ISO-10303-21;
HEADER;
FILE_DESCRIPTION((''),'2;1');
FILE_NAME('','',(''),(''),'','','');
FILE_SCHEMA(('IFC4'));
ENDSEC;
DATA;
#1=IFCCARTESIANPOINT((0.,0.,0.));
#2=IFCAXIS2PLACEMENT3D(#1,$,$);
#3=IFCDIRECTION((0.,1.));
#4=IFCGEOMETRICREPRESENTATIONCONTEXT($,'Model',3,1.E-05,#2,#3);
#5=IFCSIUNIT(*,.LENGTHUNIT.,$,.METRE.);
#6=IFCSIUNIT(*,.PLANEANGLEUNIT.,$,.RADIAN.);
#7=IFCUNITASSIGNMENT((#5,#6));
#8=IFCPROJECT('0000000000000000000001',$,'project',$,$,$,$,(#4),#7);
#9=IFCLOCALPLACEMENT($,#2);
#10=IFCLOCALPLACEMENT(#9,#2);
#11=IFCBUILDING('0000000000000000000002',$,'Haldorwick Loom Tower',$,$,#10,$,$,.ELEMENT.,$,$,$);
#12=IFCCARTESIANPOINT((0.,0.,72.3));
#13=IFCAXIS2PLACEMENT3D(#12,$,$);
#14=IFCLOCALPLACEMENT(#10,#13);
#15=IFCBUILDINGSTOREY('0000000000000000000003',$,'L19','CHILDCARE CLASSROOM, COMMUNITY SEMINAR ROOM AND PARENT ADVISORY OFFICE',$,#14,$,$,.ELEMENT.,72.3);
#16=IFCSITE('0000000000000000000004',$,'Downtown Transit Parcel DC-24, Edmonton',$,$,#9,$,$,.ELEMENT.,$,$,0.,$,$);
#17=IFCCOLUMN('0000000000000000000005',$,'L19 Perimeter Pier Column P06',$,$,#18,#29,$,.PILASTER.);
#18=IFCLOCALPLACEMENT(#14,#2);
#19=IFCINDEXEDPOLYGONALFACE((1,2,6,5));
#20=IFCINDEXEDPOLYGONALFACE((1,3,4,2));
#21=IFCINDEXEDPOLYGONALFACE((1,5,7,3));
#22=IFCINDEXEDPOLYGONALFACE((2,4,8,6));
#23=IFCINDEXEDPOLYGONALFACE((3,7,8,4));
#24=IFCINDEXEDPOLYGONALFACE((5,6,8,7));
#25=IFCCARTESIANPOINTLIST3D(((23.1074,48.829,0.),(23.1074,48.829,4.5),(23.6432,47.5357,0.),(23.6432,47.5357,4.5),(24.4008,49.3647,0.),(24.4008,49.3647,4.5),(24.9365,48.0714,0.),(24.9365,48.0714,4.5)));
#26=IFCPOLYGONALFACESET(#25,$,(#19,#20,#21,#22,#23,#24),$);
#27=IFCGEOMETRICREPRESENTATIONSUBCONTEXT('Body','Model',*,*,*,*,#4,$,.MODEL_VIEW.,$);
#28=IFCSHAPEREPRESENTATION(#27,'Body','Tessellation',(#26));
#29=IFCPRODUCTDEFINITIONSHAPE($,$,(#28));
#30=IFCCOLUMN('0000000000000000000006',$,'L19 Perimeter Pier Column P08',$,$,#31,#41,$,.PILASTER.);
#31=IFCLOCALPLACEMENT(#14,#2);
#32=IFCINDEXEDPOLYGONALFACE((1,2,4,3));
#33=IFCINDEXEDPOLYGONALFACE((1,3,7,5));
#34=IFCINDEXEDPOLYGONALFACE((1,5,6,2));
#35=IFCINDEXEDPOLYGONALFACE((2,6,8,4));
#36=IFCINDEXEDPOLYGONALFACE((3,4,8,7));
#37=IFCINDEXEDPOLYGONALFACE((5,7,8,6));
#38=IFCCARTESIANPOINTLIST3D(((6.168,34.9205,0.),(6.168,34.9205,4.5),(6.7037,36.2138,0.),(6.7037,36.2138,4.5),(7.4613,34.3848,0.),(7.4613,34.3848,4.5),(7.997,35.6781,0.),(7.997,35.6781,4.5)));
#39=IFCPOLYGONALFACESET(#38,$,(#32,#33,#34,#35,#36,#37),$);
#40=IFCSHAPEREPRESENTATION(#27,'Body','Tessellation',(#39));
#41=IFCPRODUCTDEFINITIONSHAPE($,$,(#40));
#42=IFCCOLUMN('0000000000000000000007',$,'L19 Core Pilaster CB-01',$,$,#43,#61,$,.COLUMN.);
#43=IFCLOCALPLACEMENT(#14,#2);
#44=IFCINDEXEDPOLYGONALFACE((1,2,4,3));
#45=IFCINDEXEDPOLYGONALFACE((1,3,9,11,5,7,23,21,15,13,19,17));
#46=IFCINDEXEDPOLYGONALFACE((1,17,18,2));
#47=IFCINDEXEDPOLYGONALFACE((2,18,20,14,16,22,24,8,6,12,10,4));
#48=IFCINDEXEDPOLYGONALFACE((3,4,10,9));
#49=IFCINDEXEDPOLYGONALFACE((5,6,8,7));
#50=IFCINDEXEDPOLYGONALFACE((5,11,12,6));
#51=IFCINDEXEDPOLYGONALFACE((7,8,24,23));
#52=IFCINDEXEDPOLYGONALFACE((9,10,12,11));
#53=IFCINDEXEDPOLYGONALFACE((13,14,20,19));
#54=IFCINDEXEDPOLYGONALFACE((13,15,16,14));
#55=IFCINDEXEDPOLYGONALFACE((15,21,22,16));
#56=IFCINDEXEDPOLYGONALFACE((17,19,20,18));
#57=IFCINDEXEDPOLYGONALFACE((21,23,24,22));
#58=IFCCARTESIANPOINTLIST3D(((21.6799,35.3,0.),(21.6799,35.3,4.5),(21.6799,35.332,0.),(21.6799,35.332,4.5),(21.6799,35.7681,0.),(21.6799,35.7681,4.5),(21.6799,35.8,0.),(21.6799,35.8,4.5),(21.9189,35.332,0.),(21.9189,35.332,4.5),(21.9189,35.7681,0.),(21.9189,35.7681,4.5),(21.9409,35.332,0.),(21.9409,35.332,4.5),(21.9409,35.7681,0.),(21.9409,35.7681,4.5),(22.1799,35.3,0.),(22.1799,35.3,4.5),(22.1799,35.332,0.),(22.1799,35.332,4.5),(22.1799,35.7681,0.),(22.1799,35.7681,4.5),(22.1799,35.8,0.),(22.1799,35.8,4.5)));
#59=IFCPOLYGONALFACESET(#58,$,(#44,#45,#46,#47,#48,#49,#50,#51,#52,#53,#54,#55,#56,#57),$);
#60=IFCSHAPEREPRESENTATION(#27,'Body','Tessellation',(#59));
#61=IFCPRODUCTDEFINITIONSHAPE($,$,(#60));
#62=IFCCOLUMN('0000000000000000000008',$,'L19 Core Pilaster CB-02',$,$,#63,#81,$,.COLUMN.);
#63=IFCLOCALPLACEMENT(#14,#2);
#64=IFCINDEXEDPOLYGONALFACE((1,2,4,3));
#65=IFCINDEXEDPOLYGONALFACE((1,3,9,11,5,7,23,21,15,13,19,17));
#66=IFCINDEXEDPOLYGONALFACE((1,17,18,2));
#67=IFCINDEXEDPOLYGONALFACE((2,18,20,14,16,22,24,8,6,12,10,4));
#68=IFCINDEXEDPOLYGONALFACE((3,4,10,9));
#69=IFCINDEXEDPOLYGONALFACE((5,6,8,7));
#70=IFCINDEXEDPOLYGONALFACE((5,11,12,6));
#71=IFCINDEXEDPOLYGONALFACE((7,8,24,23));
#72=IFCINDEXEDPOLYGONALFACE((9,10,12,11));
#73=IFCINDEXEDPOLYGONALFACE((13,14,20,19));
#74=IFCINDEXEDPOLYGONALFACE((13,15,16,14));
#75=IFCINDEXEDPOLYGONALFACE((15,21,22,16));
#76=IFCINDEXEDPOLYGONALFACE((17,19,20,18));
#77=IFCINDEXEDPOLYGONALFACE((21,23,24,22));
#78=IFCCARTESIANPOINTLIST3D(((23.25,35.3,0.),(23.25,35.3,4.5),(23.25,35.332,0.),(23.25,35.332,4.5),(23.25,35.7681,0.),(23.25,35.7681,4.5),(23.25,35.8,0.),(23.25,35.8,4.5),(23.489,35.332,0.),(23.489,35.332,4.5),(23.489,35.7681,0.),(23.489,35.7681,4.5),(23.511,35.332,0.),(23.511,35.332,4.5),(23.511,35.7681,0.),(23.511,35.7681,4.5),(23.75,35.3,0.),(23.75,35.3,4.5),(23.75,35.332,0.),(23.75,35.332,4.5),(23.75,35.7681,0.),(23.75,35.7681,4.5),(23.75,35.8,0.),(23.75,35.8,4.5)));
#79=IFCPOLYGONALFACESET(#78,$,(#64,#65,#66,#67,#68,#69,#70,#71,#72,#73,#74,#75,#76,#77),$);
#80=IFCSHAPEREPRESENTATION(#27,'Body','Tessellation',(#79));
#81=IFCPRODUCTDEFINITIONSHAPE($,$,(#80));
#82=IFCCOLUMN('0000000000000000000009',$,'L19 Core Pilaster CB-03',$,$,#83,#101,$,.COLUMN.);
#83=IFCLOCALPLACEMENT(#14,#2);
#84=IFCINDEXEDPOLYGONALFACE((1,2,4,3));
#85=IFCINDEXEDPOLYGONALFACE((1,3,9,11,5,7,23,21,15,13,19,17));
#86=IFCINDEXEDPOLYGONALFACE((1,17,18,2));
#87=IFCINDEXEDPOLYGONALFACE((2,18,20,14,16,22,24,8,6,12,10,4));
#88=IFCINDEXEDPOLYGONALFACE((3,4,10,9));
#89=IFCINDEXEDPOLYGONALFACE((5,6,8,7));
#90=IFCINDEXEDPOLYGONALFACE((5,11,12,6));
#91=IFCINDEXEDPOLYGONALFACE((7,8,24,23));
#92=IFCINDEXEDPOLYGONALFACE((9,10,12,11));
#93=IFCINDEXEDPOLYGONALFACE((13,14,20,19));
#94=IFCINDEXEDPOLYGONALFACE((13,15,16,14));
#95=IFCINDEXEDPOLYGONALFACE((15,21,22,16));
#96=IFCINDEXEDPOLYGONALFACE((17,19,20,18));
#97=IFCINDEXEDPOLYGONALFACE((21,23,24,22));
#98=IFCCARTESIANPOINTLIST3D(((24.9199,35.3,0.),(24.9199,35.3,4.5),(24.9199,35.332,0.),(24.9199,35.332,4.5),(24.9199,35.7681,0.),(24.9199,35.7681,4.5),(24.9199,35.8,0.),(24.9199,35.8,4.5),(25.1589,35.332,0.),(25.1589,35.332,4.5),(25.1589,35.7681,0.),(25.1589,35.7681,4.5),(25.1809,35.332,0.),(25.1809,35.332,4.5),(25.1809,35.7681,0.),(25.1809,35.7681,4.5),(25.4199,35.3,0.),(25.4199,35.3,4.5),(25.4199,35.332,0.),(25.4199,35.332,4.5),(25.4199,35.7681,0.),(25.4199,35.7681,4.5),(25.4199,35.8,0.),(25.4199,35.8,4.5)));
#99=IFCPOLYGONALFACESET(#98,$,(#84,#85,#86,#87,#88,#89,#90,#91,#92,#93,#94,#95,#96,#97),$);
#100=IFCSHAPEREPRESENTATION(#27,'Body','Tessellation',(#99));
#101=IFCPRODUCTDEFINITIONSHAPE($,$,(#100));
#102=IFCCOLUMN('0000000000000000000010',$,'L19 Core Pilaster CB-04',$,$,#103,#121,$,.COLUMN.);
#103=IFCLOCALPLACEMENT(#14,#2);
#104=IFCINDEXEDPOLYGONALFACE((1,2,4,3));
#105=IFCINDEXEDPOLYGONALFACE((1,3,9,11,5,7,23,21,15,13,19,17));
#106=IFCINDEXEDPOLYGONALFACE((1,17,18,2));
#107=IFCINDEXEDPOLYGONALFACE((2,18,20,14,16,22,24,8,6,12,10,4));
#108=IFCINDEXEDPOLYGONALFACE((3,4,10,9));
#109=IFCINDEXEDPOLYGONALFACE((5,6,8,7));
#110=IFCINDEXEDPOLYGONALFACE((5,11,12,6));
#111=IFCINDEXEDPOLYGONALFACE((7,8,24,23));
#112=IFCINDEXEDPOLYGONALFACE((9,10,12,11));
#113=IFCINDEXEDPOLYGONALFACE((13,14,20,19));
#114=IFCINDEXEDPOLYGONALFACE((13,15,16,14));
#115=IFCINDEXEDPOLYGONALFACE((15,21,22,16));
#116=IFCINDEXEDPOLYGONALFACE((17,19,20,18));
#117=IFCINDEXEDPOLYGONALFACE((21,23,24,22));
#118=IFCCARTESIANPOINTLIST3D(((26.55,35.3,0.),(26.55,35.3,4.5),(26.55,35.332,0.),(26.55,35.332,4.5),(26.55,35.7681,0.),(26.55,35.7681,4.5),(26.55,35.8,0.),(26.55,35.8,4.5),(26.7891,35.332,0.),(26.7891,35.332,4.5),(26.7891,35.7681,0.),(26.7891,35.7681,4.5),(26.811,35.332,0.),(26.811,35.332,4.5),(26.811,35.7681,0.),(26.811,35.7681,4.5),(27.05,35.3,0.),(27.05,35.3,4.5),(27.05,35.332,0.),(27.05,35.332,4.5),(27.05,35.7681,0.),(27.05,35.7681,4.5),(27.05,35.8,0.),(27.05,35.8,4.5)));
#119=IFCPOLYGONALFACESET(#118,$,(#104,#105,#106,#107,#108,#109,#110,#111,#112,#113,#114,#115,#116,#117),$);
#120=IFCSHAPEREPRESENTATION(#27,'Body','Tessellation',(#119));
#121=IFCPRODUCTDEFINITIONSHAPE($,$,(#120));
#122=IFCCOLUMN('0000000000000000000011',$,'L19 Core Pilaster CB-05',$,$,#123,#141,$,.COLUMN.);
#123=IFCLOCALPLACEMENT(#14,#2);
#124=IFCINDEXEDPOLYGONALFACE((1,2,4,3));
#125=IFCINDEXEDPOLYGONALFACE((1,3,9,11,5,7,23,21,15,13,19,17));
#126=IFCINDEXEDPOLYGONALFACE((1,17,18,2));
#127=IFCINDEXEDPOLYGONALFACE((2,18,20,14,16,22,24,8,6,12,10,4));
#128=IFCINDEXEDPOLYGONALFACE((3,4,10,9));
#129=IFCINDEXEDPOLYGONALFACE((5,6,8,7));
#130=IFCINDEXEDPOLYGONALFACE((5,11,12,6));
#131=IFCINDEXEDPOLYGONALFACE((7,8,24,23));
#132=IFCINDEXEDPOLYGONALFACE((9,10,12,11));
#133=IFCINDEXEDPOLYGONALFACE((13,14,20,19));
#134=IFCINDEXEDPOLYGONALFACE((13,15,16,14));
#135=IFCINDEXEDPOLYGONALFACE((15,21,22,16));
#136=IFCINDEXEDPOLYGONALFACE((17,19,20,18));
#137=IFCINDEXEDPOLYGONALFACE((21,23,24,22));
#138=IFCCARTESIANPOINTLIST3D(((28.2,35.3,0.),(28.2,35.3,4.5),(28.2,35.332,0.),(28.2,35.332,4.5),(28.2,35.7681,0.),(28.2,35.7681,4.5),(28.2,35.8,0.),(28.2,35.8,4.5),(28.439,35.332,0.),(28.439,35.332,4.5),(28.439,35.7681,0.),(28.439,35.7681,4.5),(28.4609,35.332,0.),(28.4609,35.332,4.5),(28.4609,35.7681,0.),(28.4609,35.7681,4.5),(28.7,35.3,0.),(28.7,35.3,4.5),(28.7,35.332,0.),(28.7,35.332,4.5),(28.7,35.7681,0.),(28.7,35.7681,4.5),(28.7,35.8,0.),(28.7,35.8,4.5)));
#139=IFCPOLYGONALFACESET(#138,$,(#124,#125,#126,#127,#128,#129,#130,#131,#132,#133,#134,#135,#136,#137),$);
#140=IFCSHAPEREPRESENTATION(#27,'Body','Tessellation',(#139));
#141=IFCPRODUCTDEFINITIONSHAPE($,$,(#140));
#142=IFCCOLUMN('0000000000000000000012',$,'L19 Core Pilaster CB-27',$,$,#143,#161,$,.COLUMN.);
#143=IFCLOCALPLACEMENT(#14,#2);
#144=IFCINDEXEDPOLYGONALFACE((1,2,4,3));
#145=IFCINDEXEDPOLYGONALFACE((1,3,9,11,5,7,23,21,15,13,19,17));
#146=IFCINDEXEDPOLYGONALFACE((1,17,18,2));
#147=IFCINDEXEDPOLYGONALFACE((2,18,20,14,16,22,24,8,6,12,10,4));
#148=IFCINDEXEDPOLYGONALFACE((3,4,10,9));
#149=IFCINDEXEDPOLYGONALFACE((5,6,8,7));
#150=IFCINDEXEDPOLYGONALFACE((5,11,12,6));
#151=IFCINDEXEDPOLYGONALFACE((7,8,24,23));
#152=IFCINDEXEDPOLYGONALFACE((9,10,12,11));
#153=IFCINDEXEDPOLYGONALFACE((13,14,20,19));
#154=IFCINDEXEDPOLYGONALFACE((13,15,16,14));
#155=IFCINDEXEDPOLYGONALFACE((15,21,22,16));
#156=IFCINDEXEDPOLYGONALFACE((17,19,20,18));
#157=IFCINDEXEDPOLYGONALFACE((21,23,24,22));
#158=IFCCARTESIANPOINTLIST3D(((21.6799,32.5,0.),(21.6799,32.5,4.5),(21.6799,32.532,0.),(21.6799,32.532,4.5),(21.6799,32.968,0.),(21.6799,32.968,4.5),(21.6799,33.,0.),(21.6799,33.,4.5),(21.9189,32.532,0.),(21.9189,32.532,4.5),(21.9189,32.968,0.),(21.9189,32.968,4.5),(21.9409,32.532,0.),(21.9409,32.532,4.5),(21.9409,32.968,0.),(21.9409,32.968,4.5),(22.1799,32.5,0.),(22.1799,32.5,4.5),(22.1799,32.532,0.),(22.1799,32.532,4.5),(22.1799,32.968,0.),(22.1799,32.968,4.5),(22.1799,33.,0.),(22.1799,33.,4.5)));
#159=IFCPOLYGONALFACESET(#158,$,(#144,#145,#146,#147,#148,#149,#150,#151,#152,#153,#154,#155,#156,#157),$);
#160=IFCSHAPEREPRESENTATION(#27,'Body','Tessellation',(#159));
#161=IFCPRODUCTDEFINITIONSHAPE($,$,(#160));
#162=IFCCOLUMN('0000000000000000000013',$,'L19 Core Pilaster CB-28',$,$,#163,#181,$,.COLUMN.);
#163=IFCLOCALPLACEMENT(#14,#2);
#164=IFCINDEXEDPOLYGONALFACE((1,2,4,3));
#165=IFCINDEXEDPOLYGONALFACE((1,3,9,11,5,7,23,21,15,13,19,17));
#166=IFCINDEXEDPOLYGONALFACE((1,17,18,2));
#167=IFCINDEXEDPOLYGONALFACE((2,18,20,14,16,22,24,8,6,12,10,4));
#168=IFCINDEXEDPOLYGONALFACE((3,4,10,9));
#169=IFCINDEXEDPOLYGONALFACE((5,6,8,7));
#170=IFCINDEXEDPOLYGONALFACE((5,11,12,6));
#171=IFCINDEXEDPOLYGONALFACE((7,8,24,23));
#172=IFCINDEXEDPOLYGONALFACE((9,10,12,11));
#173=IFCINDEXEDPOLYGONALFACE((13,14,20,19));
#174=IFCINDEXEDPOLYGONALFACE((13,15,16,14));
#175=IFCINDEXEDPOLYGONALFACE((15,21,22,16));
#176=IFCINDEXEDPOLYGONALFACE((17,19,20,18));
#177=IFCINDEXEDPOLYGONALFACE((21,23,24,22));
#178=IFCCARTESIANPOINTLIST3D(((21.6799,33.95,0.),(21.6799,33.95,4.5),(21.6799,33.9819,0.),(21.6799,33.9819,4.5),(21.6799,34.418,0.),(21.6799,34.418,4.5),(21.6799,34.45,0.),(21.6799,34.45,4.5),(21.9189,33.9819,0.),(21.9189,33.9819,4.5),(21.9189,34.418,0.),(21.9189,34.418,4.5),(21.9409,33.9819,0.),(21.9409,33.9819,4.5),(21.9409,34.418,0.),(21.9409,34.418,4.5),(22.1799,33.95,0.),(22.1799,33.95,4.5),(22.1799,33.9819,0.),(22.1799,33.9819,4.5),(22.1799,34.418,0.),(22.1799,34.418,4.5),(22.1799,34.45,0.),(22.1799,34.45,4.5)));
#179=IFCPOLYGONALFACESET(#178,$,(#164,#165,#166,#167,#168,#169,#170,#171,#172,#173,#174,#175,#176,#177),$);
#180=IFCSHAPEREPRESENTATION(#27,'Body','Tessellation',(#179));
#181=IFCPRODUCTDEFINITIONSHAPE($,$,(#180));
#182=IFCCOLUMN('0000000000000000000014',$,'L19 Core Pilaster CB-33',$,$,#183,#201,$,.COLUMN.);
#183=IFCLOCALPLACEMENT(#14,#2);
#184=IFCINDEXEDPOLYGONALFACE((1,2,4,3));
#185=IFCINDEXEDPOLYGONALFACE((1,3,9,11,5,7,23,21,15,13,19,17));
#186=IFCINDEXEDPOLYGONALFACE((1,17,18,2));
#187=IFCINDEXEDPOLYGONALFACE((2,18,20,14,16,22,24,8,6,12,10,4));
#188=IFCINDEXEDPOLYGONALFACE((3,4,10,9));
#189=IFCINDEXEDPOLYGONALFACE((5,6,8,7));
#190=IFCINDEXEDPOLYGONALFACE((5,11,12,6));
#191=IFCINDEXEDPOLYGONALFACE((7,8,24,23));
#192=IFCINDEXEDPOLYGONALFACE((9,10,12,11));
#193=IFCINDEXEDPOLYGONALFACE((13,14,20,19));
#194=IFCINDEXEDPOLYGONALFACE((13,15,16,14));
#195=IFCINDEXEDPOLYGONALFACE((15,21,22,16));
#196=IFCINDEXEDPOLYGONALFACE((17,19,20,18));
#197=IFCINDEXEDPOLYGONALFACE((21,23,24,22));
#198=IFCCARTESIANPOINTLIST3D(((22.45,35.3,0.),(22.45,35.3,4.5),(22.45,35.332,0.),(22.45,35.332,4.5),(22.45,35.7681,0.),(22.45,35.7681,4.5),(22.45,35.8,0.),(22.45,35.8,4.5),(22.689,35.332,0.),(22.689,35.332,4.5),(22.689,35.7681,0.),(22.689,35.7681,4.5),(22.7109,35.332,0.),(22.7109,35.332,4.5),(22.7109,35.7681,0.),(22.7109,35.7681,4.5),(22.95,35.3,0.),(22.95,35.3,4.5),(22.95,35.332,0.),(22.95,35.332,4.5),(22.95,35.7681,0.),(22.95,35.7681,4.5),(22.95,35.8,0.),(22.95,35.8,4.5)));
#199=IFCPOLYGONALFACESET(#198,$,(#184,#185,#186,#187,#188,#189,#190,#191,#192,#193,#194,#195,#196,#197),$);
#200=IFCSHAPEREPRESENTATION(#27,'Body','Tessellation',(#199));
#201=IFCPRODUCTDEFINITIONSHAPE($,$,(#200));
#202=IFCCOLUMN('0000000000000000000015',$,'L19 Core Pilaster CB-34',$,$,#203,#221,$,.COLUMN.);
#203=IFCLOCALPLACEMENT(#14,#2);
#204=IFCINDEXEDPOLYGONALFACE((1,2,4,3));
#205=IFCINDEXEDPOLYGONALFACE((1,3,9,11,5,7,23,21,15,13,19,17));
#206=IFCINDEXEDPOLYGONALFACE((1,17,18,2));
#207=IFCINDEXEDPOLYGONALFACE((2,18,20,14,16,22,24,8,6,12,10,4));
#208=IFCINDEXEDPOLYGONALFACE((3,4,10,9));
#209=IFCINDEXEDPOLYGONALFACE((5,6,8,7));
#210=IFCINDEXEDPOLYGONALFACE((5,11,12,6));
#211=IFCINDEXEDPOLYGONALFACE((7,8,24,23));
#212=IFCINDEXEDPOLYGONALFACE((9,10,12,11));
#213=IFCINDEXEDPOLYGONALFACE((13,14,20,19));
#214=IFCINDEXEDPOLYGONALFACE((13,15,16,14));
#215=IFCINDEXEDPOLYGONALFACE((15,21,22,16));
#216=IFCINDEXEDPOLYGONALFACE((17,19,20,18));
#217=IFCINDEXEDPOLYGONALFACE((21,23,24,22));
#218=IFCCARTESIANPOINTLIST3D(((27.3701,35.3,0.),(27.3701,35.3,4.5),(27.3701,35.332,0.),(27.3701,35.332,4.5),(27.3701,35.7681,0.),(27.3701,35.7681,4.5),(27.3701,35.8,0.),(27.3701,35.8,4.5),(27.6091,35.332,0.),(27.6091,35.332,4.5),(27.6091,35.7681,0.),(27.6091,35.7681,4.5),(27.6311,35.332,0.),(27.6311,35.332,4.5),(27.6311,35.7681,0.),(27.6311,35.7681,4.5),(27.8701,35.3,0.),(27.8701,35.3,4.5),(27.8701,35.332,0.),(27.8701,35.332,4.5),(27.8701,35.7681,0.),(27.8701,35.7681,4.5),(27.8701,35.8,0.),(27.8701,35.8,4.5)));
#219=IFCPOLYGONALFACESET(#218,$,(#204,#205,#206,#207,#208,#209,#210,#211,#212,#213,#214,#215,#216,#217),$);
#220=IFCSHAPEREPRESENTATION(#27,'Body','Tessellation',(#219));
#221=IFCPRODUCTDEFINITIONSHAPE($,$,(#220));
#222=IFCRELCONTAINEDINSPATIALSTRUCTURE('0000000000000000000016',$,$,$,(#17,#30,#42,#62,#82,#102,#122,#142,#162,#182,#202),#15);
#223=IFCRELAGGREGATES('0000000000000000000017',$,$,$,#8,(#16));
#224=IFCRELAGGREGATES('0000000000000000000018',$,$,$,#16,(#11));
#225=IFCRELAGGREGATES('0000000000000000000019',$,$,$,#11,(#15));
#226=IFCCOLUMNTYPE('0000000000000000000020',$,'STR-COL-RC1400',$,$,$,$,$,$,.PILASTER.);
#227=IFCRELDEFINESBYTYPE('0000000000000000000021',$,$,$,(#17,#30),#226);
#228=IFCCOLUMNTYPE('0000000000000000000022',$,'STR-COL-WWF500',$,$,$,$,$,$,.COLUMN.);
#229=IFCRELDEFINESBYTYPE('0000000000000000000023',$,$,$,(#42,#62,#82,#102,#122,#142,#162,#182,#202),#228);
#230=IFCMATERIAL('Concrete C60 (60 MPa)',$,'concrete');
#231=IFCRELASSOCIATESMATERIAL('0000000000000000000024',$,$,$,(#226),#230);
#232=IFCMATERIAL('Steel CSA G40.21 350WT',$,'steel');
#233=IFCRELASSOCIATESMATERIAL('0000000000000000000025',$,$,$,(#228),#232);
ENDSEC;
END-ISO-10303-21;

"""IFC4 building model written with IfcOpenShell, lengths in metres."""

from ifc_helpers import new_model, si_unit, direction, frame, origin, origin_2d, place, context, subcontext, project, spatial, rectangle, i_section, extrude, material, material_profile, profile_set, type_object, element, save


model = new_model("IFC4")

# Units and contexts
model_context = context("Model", 3, precision=1e-05, world=origin(), true_north=direction((0.0, 1.0)))
body_context = subcontext(model_context, "Body", "Model", "MODEL_VIEW")
ifc_project = project(units=[si_unit("LENGTHUNIT", "METRE"), si_unit("PLANEANGLEUNIT", "RADIAN")], contexts=[model_context])

# Site, building, storey
site_placement = place(None, origin())
site = spatial("IfcSite", under=ifc_project, at=site_placement, Name="Downtown Transit Parcel DC-24, Edmonton", CompositionType="ELEMENT", RefElevation=0.0)
building_placement = place(site_placement, origin())
building = spatial("IfcBuilding", under=site, at=building_placement, Name="Haldorwick Loom Tower", CompositionType="ELEMENT")
storey_placement = place(building_placement, frame((0.0, 0.0, 72.3)))
storey = spatial("IfcBuildingStorey", under=building, at=storey_placement, Name="L19", Description="CHILDCARE CLASSROOM, COMMUNITY SEMINAR ROOM AND PARENT ADVISORY OFFICE", CompositionType="ELEMENT", Elevation=72.3)

# Columns
ifc_material_1 = material(Name="Concrete C60 (60 MPa)", Category="concrete")
ifc_material_profile_1 = material_profile(ifc_material_1, rectangle(XDim=1.3999, YDim=1.3999, at=origin_2d()), Name="RC1400X1400", Category="concrete")
ifc_profile_set_1 = profile_set([ifc_material_profile_1], Name="Concrete C60 (60 MPa)")
column_type_1 = type_object("IfcColumnType", Name="STR-COL-RC1400", PredefinedType="PILASTER", material=ifc_profile_set_1)
for number, where, z_axis, x_axis, name in (
    (1, (24.022, 48.4502, 0.0), (0.0, 0.0, 1.0), (-0.382683, 0.92388, 0.0), "L19 Perimeter Pier Column P06"),
    (2, (7.0825, 35.2993, 0.0), (0.0, 0.0, 1.0), (-0.92388, 0.382683, 0.0), "L19 Perimeter Pier Column P08"),
):
    element("IfcColumn", number, at=place(storey_placement, frame(where, z_axis=z_axis, x_axis=x_axis)), inside=storey, type_object=column_type_1, Name=name, PredefinedType="PILASTER", context=body_context, shape_type="SweptSolid", body=[
        extrude(rectangle(XDim=1.3999, YDim=1.3999, at=origin_2d()), origin(), (0.0, 0.0, 1.0), 4.5),
    ])
ifc_material_2 = material(Name="Steel CSA G40.21 350WT", Category="steel")
ifc_material_profile_2 = material_profile(ifc_material_2, i_section(OverallWidth=0.5, OverallDepth=0.5, WebThickness=0.022, FlangeThickness=0.032, at=origin_2d()), Name="WWF500X500", Category="steel")
ifc_profile_set_2 = profile_set([ifc_material_profile_2], Name="Steel CSA G40.21 350WT")
column_type_2 = type_object("IfcColumnType", Name="STR-COL-WWF500", PredefinedType="COLUMN", material=ifc_profile_set_2)
for number, where, z_axis, x_axis, name in (
    (3, (21.9299, 35.55, 0.0), (0.0, 0.0, 1.0), (1.0, 0.0, 0.0), "L19 Core Pilaster CB-01"),
    (4, (23.5, 35.55, 0.0), (0.0, 0.0, 1.0), (1.0, 0.0, 0.0), "L19 Core Pilaster CB-02"),
    (5, (25.1699, 35.55, 0.0), (0.0, 0.0, 1.0), (1.0, 0.0, 0.0), "L19 Core Pilaster CB-03"),
    (6, (26.8, 35.55, 0.0), (0.0, 0.0, 1.0), (1.0, 0.0, 0.0), "L19 Core Pilaster CB-04"),
    (7, (28.45, 35.55, 0.0), (0.0, 0.0, 1.0), (1.0, 0.0, 0.0), "L19 Core Pilaster CB-05"),
    (8, (21.9299, 32.75, 0.0), (0.0, 0.0, 1.0), (1.0, 0.0, 0.0), "L19 Core Pilaster CB-27"),
    (9, (21.9299, 34.2, 0.0), (0.0, 0.0, 1.0), (1.0, 0.0, 0.0), "L19 Core Pilaster CB-28"),
    (10, (22.7, 35.55, 0.0), (0.0, 0.0, 1.0), (1.0, 0.0, 0.0), "L19 Core Pilaster CB-33"),
    (11, (27.6201, 35.55, 0.0), (0.0, 0.0, 1.0), (1.0, 0.0, 0.0), "L19 Core Pilaster CB-34"),
):
    element("IfcColumn", number, at=place(storey_placement, frame(where, z_axis=z_axis, x_axis=x_axis)), inside=storey, type_object=column_type_2, Name=name, PredefinedType="COLUMN", context=body_context, shape_type="SweptSolid", body=[
        extrude(i_section(OverallWidth=0.5, OverallDepth=0.5, WebThickness=0.022, FlangeThickness=0.032, at=origin_2d()), origin(), (0.0, 0.0, 1.0), 4.5),
    ])

save(model, "model.ifc")
